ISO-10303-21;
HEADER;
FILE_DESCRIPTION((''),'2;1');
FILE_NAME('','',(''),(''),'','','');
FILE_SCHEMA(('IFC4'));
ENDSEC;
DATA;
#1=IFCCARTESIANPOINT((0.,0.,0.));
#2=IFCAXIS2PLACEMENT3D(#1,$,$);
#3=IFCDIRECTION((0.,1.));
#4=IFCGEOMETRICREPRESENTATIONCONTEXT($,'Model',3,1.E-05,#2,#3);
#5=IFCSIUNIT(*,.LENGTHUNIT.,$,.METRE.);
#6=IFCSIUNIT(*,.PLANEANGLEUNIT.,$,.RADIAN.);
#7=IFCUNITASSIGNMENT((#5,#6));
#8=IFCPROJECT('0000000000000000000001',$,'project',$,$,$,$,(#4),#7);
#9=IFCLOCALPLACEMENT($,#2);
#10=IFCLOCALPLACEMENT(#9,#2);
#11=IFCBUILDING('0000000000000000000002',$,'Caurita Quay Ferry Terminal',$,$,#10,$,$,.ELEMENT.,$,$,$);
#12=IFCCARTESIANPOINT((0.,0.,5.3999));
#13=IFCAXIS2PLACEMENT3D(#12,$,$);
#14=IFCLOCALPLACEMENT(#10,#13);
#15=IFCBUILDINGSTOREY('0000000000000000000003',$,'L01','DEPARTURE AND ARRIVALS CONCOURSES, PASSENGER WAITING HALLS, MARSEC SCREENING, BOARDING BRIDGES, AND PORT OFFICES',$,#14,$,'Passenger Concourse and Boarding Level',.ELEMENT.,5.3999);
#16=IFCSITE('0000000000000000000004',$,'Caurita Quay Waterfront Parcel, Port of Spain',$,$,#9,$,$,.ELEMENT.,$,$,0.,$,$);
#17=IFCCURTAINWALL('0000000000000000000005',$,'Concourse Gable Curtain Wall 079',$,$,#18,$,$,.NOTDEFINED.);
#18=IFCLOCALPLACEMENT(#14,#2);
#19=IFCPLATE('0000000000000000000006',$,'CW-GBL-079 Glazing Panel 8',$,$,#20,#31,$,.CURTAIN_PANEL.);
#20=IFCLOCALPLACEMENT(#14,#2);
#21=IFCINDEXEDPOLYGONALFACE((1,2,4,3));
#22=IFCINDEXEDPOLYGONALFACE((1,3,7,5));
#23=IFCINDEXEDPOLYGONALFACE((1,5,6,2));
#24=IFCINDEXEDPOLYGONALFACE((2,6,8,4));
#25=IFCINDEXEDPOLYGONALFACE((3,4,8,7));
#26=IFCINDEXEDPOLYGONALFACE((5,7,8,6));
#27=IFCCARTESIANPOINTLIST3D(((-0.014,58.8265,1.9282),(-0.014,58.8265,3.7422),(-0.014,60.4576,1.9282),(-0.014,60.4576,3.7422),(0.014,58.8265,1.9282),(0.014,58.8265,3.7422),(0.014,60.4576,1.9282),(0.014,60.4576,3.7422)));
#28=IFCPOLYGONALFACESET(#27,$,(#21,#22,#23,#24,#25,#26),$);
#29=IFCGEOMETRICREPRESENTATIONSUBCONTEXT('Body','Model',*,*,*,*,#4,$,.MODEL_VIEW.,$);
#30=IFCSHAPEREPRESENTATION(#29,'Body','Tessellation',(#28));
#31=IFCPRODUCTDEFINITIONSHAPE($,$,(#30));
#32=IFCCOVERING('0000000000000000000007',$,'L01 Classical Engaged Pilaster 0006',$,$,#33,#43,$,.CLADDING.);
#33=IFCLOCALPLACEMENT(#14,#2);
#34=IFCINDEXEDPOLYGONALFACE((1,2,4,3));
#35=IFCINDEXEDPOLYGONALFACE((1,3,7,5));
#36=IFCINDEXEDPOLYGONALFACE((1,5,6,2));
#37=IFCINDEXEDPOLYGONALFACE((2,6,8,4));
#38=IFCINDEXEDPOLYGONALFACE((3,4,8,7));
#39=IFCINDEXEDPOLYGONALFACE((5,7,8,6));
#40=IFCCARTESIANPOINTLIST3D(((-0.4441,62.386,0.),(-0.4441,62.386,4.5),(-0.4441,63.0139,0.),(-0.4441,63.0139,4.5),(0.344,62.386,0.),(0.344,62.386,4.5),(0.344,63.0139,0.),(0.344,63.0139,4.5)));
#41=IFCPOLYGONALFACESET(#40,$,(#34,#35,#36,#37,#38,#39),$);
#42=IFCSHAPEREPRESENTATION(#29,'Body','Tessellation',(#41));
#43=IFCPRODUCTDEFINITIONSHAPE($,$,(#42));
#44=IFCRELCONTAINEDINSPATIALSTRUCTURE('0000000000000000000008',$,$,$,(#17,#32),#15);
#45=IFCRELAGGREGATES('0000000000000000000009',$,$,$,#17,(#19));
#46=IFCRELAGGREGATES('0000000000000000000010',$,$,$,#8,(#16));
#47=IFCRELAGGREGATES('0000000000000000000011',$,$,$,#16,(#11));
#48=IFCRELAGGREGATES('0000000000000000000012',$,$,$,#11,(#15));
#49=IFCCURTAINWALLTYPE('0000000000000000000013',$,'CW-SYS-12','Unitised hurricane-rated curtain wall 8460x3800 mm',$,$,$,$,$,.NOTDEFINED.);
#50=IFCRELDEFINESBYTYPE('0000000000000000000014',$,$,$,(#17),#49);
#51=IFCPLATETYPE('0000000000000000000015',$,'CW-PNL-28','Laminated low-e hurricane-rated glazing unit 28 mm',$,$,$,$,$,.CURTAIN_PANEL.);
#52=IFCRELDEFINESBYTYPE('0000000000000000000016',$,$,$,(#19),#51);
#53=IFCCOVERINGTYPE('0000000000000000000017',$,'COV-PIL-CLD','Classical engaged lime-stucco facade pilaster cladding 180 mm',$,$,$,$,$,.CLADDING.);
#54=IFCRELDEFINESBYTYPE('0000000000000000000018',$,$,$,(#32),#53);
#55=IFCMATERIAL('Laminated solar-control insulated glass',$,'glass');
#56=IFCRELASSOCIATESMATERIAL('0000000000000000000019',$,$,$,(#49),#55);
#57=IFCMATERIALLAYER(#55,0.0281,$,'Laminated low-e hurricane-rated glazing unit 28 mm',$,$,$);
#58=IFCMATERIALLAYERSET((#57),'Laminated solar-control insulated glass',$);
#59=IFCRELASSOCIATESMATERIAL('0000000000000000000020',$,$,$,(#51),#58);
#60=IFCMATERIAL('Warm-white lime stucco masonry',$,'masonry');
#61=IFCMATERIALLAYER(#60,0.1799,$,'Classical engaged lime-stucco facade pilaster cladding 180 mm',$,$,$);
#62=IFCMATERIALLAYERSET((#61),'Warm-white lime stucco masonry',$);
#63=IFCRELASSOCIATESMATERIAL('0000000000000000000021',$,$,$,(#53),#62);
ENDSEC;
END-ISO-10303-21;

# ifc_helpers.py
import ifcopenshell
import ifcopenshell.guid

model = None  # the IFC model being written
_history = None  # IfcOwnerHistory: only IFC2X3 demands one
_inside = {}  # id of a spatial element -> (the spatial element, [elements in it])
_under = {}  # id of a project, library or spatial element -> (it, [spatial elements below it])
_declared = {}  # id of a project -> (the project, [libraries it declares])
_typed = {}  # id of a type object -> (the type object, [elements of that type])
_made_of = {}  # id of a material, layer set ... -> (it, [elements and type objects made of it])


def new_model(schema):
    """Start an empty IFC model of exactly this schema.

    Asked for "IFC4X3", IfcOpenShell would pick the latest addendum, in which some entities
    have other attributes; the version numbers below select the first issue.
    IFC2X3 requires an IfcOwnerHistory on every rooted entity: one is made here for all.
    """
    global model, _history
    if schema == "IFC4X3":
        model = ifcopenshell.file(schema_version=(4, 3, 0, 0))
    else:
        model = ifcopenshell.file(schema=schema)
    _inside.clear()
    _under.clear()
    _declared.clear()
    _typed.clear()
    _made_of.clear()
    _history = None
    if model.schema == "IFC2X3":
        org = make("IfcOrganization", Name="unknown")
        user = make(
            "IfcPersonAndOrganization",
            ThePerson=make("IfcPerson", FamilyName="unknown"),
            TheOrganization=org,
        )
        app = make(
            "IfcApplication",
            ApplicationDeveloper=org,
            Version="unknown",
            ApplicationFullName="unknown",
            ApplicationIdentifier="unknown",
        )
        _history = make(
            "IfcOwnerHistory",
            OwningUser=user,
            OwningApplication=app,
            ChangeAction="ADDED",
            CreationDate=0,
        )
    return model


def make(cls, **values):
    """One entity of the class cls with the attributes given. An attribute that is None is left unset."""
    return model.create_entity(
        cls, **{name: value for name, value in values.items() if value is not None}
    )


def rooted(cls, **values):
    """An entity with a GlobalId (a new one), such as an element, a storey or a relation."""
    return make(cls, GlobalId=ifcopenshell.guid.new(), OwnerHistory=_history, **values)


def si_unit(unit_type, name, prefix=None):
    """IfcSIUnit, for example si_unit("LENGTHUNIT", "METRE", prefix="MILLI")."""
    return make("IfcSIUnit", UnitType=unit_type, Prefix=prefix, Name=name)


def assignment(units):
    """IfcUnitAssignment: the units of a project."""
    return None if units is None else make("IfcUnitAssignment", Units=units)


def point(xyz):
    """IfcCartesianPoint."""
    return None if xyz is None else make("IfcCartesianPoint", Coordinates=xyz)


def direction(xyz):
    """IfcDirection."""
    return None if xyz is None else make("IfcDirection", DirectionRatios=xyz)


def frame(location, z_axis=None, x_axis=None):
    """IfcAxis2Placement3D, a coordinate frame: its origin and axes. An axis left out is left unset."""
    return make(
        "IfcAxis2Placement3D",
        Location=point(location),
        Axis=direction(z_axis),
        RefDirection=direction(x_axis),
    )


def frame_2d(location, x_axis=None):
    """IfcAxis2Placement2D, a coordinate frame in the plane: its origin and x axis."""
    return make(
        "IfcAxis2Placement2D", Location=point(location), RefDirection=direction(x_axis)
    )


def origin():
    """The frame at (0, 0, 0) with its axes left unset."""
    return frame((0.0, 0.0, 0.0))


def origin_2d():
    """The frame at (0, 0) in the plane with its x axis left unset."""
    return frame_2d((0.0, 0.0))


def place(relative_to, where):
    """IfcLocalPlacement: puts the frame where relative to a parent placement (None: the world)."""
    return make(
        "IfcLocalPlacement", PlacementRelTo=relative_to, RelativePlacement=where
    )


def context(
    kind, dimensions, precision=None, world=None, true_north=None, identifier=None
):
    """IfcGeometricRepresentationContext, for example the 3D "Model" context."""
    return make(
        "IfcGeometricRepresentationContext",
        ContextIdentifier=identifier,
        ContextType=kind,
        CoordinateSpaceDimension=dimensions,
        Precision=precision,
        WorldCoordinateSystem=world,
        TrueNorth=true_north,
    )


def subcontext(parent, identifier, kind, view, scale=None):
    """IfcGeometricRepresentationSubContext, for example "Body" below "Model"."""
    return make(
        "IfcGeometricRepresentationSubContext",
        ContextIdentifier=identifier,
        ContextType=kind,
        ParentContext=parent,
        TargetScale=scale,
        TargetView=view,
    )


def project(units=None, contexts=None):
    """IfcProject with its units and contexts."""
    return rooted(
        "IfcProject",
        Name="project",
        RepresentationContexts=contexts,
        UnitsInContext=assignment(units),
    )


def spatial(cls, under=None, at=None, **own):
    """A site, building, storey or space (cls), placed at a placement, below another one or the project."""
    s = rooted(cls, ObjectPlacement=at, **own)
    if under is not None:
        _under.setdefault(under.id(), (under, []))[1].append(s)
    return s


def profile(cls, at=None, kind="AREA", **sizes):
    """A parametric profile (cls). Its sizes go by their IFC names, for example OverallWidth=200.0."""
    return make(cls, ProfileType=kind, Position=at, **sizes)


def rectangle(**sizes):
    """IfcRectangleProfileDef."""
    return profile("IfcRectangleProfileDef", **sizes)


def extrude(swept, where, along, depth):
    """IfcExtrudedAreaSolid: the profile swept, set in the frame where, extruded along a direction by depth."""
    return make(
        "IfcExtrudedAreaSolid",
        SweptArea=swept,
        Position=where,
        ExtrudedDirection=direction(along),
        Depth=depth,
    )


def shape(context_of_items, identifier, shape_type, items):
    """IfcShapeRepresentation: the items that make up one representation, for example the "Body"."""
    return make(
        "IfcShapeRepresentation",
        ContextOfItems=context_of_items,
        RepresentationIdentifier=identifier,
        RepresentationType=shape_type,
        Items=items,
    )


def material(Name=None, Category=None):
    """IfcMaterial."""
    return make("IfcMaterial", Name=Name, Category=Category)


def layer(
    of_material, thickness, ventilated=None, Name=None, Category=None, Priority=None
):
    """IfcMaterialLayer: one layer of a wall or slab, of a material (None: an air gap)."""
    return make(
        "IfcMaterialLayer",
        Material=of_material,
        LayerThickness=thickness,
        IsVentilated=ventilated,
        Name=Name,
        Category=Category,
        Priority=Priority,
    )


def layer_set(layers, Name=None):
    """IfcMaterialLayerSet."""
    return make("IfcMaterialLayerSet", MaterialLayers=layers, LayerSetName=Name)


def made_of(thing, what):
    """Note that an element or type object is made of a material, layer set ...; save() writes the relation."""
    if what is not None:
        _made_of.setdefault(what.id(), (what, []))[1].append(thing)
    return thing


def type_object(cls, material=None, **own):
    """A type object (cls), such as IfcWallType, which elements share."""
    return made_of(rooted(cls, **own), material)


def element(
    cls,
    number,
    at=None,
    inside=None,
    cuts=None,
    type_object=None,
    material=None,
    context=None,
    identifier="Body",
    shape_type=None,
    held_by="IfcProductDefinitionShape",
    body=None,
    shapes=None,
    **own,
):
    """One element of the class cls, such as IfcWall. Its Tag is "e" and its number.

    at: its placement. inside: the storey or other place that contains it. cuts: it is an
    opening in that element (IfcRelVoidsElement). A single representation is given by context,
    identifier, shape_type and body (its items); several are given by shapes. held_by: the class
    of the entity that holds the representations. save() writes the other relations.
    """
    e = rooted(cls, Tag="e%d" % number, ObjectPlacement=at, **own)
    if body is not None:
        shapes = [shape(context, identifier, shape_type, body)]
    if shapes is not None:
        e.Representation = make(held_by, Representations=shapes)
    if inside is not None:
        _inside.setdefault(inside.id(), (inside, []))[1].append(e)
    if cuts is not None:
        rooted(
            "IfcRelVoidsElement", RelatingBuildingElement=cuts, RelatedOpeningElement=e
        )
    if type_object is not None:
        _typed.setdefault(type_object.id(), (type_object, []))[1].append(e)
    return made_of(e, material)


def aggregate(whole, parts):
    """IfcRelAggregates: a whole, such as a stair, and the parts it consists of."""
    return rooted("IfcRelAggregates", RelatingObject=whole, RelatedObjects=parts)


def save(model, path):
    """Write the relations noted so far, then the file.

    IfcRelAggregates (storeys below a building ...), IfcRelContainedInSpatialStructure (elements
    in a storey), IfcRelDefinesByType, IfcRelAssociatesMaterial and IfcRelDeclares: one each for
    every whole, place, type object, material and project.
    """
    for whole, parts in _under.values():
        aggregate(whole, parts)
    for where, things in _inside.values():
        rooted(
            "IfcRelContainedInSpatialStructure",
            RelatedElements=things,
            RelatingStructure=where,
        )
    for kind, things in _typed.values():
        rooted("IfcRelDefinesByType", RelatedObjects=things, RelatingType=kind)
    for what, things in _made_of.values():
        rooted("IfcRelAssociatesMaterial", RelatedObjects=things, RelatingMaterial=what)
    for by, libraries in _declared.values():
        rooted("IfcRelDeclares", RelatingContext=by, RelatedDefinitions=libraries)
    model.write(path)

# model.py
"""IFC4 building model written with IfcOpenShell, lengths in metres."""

from ifc_helpers import new_model, si_unit, direction, frame, origin, origin_2d, place, context, subcontext, project, spatial, rectangle, extrude, material, layer, layer_set, type_object, element, aggregate, save


model = new_model("IFC4")

# Units and contexts
model_context = context("Model", 3, precision=1e-05, world=origin(), true_north=direction((0.0, 1.0)))
body_context = subcontext(model_context, "Body", "Model", "MODEL_VIEW")
ifc_project = project(units=[si_unit("LENGTHUNIT", "METRE"), si_unit("PLANEANGLEUNIT", "RADIAN")], contexts=[model_context])

# Site, building, storey
site_placement = place(None, origin())
site = spatial("IfcSite", under=ifc_project, at=site_placement, Name="Caurita Quay Waterfront Parcel, Port of Spain", CompositionType="ELEMENT", RefElevation=0.0)
building_placement = place(site_placement, origin())
building = spatial("IfcBuilding", under=site, at=building_placement, Name="Caurita Quay Ferry Terminal", CompositionType="ELEMENT")
storey_placement = place(building_placement, frame((0.0, 0.0, 5.3999)))
storey = spatial("IfcBuildingStorey", under=building, at=storey_placement, Name="L01", Description="DEPARTURE AND ARRIVALS CONCOURSES, PASSENGER WAITING HALLS, MARSEC SCREENING, BOARDING BRIDGES, AND PORT OFFICES", LongName="Passenger Concourse and Boarding Level", CompositionType="ELEMENT", Elevation=5.3999)

# Curtain wall, plate
ifc_material_1 = material(Name="Laminated solar-control insulated glass", Category="glass")
curtain_wall_type = type_object("IfcCurtainWallType", Name="CW-SYS-12", Description="Unitised hurricane-rated curtain wall 8460x3800 mm", PredefinedType="NOTDEFINED", material=ifc_material_1)
curtain_wall_placement = place(storey_placement, origin())
curtain_wall = element("IfcCurtainWall", 1, at=curtain_wall_placement, inside=storey, type_object=curtain_wall_type, Name="Concourse Gable Curtain Wall 079", PredefinedType="NOTDEFINED")
ifc_layer_1 = layer(ifc_material_1, 0.0281, Name="Laminated low-e hurricane-rated glazing unit 28 mm")
ifc_layer_set_1 = layer_set([ifc_layer_1], Name="Laminated solar-control insulated glass")
plate_type = type_object("IfcPlateType", Name="CW-PNL-28", Description="Laminated low-e hurricane-rated glazing unit 28 mm", PredefinedType="CURTAIN_PANEL", material=ifc_layer_set_1)
plate_1_placement = place(storey_placement, frame((0.0, 59.6421, 1.9282), z_axis=(0.0, 0.0, 1.0), x_axis=(0.0, 1.0, 0.0)))
plate_1 = element("IfcPlate", 2, at=plate_1_placement, type_object=plate_type, Name="CW-GBL-079 Glazing Panel 8", PredefinedType="CURTAIN_PANEL", context=body_context, shape_type="SweptSolid", body=[
    extrude(rectangle(XDim=1.6311, YDim=0.0281, at=origin_2d()), origin(), (0.0, 0.0, 1.0), 1.814),
])
aggregate(curtain_wall, [plate_1])

# Covering
ifc_material_2 = material(Name="Warm-white lime stucco masonry", Category="masonry")
ifc_layer_2 = layer(ifc_material_2, 0.1799, Name="Classical engaged lime-stucco facade pilaster cladding 180 mm")
ifc_layer_set_2 = layer_set([ifc_layer_2], Name="Warm-white lime stucco masonry")
covering_type = type_object("IfcCoveringType", Name="COV-PIL-CLD", Description="Classical engaged lime-stucco facade pilaster cladding 180 mm", PredefinedType="CLADDING", material=ifc_layer_set_2)
covering_placement = place(storey_placement, frame((-0.05, 62.7, 0.0), z_axis=(0.0, 0.0, 1.0), x_axis=(1.0, 0.0, 0.0)))
element("IfcCovering", 3, at=covering_placement, inside=storey, type_object=covering_type, Name="L01 Classical Engaged Pilaster 0006", PredefinedType="CLADDING", context=body_context, shape_type="SweptSolid", body=[
    extrude(rectangle(XDim=0.7881, YDim=0.6279, at=origin_2d()), origin(), (0.0, 0.0, 1.0), 4.5),
])

save(model, "model.ifc")
